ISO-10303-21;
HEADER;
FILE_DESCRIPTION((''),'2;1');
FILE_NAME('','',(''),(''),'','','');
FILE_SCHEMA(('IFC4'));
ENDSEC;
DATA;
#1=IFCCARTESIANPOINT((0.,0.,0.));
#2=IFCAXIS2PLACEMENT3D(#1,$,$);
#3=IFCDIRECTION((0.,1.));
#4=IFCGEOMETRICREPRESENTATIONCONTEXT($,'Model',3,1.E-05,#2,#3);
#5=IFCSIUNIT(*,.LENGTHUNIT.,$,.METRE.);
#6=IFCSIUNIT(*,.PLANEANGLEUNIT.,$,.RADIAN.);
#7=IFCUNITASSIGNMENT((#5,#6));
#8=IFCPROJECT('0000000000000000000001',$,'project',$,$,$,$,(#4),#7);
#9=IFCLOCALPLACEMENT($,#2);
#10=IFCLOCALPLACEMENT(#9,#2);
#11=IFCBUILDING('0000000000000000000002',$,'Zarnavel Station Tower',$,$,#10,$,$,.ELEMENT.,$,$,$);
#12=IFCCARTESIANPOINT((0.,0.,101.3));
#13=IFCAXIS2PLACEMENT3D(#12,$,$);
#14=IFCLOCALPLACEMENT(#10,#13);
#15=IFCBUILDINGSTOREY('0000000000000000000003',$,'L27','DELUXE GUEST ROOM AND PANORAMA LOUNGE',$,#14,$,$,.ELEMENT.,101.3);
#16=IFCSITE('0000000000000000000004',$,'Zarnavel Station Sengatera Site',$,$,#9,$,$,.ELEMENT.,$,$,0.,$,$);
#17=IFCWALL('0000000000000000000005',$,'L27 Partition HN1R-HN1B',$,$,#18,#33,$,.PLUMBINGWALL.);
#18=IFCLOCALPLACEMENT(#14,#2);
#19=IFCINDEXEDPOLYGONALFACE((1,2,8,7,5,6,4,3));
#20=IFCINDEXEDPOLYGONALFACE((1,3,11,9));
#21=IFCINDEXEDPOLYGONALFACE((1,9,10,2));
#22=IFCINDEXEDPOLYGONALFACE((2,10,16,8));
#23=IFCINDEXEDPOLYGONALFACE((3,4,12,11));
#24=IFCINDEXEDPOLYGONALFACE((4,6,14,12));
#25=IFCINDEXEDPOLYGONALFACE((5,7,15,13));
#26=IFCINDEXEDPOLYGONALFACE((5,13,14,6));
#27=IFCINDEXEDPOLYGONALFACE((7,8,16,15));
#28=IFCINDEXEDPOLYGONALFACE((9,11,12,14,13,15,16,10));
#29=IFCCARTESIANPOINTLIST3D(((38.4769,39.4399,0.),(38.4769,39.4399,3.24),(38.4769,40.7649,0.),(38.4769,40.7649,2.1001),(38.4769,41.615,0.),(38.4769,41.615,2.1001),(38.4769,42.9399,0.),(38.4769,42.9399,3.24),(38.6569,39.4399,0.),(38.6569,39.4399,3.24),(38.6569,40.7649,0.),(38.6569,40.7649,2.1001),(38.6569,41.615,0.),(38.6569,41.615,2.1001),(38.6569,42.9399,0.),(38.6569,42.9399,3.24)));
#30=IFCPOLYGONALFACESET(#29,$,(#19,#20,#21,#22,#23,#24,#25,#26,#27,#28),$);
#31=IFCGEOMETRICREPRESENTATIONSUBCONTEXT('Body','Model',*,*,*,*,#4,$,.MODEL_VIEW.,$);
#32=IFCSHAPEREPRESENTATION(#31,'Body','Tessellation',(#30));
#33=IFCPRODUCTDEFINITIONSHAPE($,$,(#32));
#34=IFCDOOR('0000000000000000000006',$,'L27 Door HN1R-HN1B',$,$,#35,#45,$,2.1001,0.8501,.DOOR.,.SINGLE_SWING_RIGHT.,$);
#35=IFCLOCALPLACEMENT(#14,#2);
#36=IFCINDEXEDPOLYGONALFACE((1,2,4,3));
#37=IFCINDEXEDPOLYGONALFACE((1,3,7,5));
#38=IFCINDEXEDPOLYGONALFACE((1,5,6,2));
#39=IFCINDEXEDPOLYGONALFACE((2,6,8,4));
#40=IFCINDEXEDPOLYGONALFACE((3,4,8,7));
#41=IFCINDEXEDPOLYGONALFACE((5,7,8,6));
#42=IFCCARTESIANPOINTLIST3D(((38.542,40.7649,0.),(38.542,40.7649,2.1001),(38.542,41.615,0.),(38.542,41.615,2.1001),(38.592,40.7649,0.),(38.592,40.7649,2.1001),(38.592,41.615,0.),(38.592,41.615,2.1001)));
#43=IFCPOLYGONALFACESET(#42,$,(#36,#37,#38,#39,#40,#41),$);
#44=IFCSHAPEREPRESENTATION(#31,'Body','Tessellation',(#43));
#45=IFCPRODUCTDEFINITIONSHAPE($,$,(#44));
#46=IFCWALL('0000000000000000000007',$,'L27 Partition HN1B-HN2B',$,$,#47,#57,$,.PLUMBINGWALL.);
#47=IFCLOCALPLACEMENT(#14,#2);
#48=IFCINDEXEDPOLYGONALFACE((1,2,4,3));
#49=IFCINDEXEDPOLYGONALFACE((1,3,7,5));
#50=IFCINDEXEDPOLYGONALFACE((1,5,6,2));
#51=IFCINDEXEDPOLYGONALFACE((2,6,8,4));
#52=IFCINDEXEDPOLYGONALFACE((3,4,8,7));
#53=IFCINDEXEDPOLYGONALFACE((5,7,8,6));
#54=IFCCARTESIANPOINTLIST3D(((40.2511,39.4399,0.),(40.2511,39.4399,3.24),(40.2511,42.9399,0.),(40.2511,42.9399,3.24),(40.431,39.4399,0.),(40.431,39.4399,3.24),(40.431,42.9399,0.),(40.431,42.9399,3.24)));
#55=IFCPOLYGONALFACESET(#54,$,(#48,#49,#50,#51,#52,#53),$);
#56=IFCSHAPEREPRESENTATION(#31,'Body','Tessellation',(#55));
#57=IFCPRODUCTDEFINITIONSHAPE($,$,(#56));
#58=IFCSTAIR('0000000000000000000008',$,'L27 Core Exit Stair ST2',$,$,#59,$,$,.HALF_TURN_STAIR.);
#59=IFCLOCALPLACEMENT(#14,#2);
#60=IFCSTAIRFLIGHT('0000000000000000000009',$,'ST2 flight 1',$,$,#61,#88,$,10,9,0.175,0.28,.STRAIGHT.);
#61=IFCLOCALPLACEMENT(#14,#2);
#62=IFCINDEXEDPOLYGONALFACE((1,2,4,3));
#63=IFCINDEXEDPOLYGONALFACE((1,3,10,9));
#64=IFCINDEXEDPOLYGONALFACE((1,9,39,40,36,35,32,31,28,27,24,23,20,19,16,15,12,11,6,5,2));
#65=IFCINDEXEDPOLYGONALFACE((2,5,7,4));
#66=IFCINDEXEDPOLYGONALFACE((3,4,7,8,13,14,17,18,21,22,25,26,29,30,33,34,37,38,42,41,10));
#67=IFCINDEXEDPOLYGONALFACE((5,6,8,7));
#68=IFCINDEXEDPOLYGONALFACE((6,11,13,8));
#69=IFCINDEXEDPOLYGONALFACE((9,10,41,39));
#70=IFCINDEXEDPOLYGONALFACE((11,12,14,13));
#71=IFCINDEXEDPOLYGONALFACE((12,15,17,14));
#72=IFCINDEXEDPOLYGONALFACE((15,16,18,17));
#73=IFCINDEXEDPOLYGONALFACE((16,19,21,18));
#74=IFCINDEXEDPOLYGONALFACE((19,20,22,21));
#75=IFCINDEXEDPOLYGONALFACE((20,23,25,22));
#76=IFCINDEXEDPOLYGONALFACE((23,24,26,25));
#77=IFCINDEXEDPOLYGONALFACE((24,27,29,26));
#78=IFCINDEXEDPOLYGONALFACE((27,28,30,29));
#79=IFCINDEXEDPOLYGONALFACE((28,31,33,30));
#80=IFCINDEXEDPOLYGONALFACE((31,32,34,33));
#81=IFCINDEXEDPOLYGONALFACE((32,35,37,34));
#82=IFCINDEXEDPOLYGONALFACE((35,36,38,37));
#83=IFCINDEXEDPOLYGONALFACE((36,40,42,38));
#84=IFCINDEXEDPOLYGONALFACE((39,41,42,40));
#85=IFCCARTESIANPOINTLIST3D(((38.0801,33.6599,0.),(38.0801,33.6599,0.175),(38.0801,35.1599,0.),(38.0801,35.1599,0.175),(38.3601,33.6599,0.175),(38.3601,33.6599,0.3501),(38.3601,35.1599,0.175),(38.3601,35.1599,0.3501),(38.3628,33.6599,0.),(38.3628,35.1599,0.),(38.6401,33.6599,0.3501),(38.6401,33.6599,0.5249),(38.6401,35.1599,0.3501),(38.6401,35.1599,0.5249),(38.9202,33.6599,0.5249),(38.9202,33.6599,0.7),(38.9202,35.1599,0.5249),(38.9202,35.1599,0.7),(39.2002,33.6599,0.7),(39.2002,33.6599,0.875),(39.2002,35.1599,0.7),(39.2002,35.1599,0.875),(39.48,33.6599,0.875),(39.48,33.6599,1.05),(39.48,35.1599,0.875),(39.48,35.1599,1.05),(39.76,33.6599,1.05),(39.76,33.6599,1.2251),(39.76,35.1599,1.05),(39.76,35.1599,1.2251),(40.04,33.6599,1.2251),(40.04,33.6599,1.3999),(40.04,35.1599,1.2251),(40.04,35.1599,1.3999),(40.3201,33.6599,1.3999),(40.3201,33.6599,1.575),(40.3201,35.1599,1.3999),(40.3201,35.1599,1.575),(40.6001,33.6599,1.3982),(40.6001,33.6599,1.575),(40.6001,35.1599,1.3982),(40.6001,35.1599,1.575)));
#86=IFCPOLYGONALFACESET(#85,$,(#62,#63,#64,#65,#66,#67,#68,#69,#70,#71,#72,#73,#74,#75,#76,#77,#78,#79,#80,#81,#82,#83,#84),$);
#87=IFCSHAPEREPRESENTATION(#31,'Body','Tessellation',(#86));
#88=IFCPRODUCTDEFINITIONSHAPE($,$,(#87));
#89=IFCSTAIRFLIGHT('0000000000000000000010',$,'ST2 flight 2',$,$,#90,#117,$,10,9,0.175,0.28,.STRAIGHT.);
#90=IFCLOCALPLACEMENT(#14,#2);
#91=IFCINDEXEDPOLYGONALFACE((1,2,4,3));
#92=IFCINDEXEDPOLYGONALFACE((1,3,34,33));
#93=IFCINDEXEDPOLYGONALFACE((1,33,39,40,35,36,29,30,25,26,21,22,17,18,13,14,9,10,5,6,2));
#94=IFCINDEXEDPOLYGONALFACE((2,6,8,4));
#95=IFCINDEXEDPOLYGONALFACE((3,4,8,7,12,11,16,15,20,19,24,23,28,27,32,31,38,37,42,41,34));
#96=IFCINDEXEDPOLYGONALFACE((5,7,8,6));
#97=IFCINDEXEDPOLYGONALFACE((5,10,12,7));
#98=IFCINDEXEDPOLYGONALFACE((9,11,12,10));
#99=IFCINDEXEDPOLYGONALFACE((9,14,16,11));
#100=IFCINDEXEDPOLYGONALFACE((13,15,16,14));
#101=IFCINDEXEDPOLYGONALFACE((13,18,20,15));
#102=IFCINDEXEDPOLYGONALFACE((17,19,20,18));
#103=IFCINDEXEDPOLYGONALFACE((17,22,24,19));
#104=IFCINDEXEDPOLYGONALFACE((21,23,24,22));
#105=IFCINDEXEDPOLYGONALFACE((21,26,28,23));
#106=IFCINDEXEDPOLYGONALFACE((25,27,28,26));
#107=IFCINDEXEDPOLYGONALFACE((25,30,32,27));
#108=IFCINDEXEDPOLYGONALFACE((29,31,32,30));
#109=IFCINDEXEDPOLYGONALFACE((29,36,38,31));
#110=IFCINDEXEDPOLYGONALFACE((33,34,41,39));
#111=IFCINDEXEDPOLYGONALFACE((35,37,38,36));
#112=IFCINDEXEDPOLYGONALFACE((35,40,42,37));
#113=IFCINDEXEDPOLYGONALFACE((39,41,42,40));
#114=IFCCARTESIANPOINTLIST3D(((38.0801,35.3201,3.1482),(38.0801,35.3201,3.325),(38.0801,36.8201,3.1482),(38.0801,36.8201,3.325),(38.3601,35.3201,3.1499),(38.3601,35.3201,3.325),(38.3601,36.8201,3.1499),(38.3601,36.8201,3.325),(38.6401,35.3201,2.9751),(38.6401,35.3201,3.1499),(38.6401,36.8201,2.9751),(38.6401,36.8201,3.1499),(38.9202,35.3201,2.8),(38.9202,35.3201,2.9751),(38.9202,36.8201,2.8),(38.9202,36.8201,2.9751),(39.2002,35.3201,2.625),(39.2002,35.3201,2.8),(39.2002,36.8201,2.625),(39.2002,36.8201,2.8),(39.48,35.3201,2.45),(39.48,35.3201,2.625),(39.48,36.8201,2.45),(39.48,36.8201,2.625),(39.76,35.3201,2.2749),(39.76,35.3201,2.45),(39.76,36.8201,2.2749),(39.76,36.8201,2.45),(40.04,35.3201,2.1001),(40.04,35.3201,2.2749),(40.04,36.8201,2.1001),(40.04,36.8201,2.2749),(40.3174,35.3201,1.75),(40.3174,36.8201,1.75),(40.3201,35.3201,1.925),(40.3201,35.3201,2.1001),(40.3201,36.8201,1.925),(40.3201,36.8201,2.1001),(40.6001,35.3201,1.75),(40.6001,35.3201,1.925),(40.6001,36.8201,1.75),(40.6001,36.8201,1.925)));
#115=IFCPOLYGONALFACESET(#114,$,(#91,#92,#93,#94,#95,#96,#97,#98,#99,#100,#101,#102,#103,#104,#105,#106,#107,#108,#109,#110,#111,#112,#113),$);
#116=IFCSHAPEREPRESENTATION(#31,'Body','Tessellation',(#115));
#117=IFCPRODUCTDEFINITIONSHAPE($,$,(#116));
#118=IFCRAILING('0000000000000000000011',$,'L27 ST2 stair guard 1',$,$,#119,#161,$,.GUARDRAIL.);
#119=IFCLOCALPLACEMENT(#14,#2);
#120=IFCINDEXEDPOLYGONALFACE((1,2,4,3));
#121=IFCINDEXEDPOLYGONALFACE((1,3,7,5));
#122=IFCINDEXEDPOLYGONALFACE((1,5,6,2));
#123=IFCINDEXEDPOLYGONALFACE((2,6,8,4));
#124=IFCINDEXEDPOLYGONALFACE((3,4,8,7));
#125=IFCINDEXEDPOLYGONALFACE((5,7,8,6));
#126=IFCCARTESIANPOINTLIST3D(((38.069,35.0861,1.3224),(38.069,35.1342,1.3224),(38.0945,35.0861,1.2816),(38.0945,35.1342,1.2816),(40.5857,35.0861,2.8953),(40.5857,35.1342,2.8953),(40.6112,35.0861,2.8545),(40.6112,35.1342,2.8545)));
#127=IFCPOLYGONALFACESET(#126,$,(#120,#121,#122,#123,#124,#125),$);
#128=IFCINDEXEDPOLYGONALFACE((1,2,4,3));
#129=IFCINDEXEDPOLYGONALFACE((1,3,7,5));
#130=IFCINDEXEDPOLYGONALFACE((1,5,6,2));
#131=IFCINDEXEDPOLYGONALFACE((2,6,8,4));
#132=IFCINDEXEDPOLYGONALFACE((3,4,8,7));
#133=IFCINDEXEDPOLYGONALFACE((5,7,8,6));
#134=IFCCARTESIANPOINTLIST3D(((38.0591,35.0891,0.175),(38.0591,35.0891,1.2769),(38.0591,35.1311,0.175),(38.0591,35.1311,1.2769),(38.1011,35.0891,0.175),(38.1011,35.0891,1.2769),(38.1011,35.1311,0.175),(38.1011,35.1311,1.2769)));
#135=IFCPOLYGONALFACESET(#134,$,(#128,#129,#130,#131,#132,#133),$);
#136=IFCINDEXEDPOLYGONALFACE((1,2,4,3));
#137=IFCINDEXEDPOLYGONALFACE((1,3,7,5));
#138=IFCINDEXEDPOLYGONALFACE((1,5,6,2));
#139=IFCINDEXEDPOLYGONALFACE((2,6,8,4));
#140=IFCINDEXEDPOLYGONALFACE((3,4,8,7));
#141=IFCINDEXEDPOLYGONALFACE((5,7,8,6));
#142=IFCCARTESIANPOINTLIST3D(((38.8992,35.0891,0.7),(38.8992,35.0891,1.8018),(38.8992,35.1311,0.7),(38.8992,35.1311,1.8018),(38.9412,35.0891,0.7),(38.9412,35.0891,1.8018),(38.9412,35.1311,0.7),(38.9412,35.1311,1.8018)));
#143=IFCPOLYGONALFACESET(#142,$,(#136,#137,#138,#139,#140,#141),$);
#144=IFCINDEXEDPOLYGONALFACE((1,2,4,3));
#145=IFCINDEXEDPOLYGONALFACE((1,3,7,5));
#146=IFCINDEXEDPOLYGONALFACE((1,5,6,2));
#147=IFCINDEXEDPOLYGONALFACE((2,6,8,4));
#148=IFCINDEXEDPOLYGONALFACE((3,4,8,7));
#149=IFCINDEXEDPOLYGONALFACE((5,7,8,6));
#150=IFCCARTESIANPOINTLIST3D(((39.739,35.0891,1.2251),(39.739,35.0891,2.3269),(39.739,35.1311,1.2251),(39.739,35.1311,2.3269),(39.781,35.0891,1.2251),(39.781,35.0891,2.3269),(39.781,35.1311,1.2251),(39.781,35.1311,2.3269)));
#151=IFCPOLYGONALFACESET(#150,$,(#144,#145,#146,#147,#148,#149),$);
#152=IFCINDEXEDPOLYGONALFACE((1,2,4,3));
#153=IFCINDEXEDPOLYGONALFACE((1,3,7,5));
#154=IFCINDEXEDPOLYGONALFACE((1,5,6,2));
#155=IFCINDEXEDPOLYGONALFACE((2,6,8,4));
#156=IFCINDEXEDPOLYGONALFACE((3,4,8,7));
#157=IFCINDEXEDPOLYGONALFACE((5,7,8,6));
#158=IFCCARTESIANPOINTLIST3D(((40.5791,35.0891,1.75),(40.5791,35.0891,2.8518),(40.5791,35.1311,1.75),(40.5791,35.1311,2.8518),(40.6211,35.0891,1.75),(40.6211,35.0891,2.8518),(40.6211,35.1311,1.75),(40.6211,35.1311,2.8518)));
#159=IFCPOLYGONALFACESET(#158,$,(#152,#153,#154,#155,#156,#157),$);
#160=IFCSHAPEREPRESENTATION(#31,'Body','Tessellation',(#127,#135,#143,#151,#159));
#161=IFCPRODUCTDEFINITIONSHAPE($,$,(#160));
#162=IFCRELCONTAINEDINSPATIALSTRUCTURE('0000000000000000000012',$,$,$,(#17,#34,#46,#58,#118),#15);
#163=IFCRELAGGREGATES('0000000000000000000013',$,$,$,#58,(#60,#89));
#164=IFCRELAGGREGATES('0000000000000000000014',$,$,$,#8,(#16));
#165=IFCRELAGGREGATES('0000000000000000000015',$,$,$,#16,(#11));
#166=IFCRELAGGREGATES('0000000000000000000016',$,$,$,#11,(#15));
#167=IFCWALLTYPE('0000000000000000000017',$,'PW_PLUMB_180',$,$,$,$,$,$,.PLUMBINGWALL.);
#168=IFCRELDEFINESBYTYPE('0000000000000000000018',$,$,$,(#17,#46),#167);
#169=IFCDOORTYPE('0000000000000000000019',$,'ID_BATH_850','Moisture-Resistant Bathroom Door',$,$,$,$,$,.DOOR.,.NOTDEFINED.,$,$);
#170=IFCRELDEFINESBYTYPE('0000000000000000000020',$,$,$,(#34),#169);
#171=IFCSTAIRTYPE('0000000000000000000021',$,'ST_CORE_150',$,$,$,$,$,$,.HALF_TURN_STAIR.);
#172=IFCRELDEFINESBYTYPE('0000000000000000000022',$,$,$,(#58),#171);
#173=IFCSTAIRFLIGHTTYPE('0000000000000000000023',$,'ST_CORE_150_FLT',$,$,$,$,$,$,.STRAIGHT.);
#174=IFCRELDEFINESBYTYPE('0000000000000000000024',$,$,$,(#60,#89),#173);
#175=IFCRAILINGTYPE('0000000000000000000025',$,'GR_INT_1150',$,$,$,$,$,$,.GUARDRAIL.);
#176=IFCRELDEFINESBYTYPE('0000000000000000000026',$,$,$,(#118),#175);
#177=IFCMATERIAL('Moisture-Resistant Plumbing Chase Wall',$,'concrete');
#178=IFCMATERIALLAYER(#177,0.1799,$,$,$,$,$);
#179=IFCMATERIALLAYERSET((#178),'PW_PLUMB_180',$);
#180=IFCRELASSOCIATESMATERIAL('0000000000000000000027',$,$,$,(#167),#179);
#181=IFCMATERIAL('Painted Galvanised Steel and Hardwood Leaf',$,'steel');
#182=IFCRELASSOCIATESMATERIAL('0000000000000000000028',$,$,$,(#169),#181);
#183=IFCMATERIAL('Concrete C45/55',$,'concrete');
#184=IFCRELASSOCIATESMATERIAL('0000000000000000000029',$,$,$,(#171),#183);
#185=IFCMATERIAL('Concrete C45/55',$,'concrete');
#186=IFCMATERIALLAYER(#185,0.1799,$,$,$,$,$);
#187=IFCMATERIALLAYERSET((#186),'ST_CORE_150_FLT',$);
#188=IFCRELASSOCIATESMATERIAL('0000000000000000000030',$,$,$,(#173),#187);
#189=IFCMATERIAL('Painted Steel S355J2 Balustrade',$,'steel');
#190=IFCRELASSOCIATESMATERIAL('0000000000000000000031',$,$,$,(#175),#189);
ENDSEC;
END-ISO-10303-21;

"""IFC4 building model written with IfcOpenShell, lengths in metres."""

from ifc_helpers import new_model, si_unit, direction, frame, frame_2d, origin, origin_2d, place, context, subcontext, project, spatial, polyline, rectangle, outline, extrude, material, layer, layer_set, type_object, element, fill, aggregate, save


model = new_model("IFC4")

# Units and contexts
model_context = context("Model", 3, precision=1e-05, world=origin(), true_north=direction((0.0, 1.0)))
body_context = subcontext(model_context, "Body", "Model", "MODEL_VIEW")
ifc_project = project(units=[si_unit("LENGTHUNIT", "METRE"), si_unit("PLANEANGLEUNIT", "RADIAN")], contexts=[model_context])

# Site, building, storey
site_placement = place(None, origin())
site = spatial("IfcSite", under=ifc_project, at=site_placement, Name="Zarnavel Station Sengatera Site", CompositionType="ELEMENT", RefElevation=0.0)
building_placement = place(site_placement, origin())
building = spatial("IfcBuilding", under=site, at=building_placement, Name="Zarnavel Station Tower", CompositionType="ELEMENT")
storey_placement = place(building_placement, frame((0.0, 0.0, 101.3)))
storey = spatial("IfcBuildingStorey", under=building, at=storey_placement, Name="L27", Description="DELUXE GUEST ROOM AND PANORAMA LOUNGE", CompositionType="ELEMENT", Elevation=101.3)

# Shared definitions
ifc_material_1 = material(Name="Moisture-Resistant Plumbing Chase Wall", Category="concrete")
ifc_layer_1 = layer(ifc_material_1, 0.1799)
ifc_layer_set_1 = layer_set([ifc_layer_1], Name="PW_PLUMB_180")
wall_type_1 = type_object("IfcWallType", Name="PW_PLUMB_180", PredefinedType="PLUMBINGWALL", material=ifc_layer_set_1)

# Wall, opening, door
wall_1_placement = place(storey_placement, frame((38.5669, 39.4399, 0.0), z_axis=(0.0, 0.0, 1.0), x_axis=(0.0, 1.0, 0.0)))
wall_1 = element("IfcWall", 1, at=wall_1_placement, inside=storey, type_object=wall_type_1, Name="L27 Partition HN1R-HN1B", PredefinedType="PLUMBINGWALL", context=body_context, shape_type="SweptSolid", body=[
    extrude(rectangle(XDim=3.5, YDim=0.1799, at=frame_2d((1.75, 0.0))), origin(), (0.0, 0.0, 1.0), 3.24),
])
opening_1_placement = place(wall_1_placement, frame((1.325, 0.0, 0.0)))
opening_1 = element("IfcOpeningElement", 2, at=opening_1_placement, cuts=wall_1, PredefinedType="OPENING", context=body_context, shape_type="SweptSolid", body=[
    extrude(rectangle(XDim=0.8501, YDim=2.1001, at=frame_2d((0.425, 1.05))), frame((0.0, 0.0999, 0.0), z_axis=(0.0, -1.0, 0.0), x_axis=(1.0, 0.0, 0.0)), (0.0, 0.0, 1.0), 0.2),
])
ifc_material_2 = material(Name="Painted Galvanised Steel and Hardwood Leaf", Category="steel")
door_type_1 = type_object("IfcDoorType", Name="ID_BATH_850", Description="Moisture-Resistant Bathroom Door", OperationType="NOTDEFINED", PredefinedType="DOOR", material=ifc_material_2)
door_1_placement = place(opening_1_placement, origin())
door_1 = element("IfcDoor", 3, at=door_1_placement, inside=storey, type_object=door_type_1, Name="L27 Door HN1R-HN1B", OperationType="SINGLE_SWING_RIGHT", OverallHeight=2.1001, OverallWidth=0.8501, PredefinedType="DOOR", context=body_context, shape_type="SweptSolid", body=[
    extrude(rectangle(XDim=0.8501, YDim=2.1001, at=frame_2d((0.425, 1.05))), frame((0.0, 0.0249, 0.0), z_axis=(0.0, -1.0, 0.0), x_axis=(1.0, 0.0, 0.0)), (0.0, 0.0, 1.0), 0.05),
])
fill(opening_1, door_1)

# Wall
wall_2_placement = place(storey_placement, frame((40.3411, 39.4399, 0.0), z_axis=(0.0, 0.0, 1.0), x_axis=(0.0, 1.0, 0.0)))
element("IfcWall", 4, at=wall_2_placement, inside=storey, type_object=wall_type_1, Name="L27 Partition HN1B-HN2B", PredefinedType="PLUMBINGWALL", context=body_context, shape_type="SweptSolid", body=[
    extrude(rectangle(XDim=3.5, YDim=0.1799, at=frame_2d((1.75, 0.0))), origin(), (0.0, 0.0, 1.0), 3.24),
])

# Stair, stair flights
ifc_material_3 = material(Name="Concrete C45/55", Category="concrete")
stair_type = type_object("IfcStairType", Name="ST_CORE_150", PredefinedType="HALF_TURN_STAIR", material=ifc_material_3)
stair_placement = place(storey_placement, origin())
stair = element("IfcStair", 5, at=stair_placement, inside=storey, type_object=stair_type, Name="L27 Core Exit Stair ST2", PredefinedType="HALF_TURN_STAIR")
ifc_material_4 = material(Name="Concrete C45/55", Category="concrete")
ifc_layer_2 = layer(ifc_material_4, 0.1799)
ifc_layer_set_2 = layer_set([ifc_layer_2], Name="ST_CORE_150_FLT")
stair_flight_type = type_object("IfcStairFlightType", Name="ST_CORE_150_FLT", PredefinedType="STRAIGHT", material=ifc_layer_set_2)
stair_flight_1_placement = place(storey_placement, frame((38.0801, 34.4099, 0.0), z_axis=(0.0, 0.0, 1.0), x_axis=(1.0, 0.0, 0.0)))
stair_flight_1 = element("IfcStairFlight", 6, at=stair_flight_1_placement, type_object=stair_flight_type, Name="ST2 flight 1", NumberOfRisers=10, NumberOfTreads=9, PredefinedType="STRAIGHT", RiserHeight=0.175, TreadLength=0.28, context=body_context, shape_type="SweptSolid", body=[
    extrude(outline(polyline([(0.0, 0.0), (0.0, 0.175), (0.28, 0.175), (0.28, 0.3501), (0.5601, 0.3501), (0.5601, 0.5249), (0.8401, 0.5249), (0.8401, 0.7), (1.1201, 0.7), (1.1201, 0.875), (1.3999, 0.875), (1.3999, 1.05), (1.6799, 1.05), (1.6799, 1.2251), (1.96, 1.2251), (1.96, 1.3999), (2.24, 1.3999), (2.24, 1.575), (2.52, 1.575), (2.52, 1.75), (2.52, 1.3982), (0.2827, 0.0), (0.0, 0.0)])), frame((0.0, 0.75, 0.0), z_axis=(0.0, -1.0, 0.0), x_axis=(1.0, 0.0, 0.0)), (0.0, 0.0, 1.0), 1.5),
])
stair_flight_2_placement = place(storey_placement, frame((40.6001, 36.0701, 1.75), z_axis=(0.0, 0.0, 1.0), x_axis=(-1.0, 0.0, 0.0)))
stair_flight_2 = element("IfcStairFlight", 7, at=stair_flight_2_placement, type_object=stair_flight_type, Name="ST2 flight 2", NumberOfRisers=10, NumberOfTreads=9, PredefinedType="STRAIGHT", RiserHeight=0.175, TreadLength=0.28, context=body_context, shape_type="SweptSolid", body=[
    extrude(outline(polyline([(0.0, 0.0), (0.0, 0.175), (0.28, 0.175), (0.28, 0.3501), (0.5601, 0.3501), (0.5601, 0.5249), (0.8401, 0.5249), (0.8401, 0.7), (1.1201, 0.7), (1.1201, 0.875), (1.3999, 0.875), (1.3999, 1.05), (1.6799, 1.05), (1.6799, 1.2251), (1.96, 1.2251), (1.96, 1.3999), (2.24, 1.3999), (2.24, 1.575), (2.52, 1.575), (2.52, 1.75), (2.52, 1.3982), (0.2827, 0.0), (0.0, 0.0)])), frame((0.0, 0.75, 0.0), z_axis=(0.0, -1.0, 0.0), x_axis=(1.0, 0.0, 0.0)), (0.0, 0.0, 1.0), 1.5),
])
aggregate(stair, [stair_flight_1, stair_flight_2])

# Railing
ifc_material_5 = material(Name="Painted Steel S355J2 Balustrade", Category="steel")
railing_type_1 = type_object("IfcRailingType", Name="GR_INT_1150", PredefinedType="GUARDRAIL", material=ifc_material_5)
railing_1_placement = place(storey_placement, frame((38.0801, 35.1101, 0.175)))
element("IfcRailing", 8, at=railing_1_placement, inside=storey, type_object=railing_type_1, Name="L27 ST2 stair guard 1", PredefinedType="GUARDRAIL", context=body_context, shape_type="SweptSolid", body=[
    extrude(rectangle(XDim=0.0481, YDim=0.0481, at=origin_2d()), frame((0.0017, 0.0, 1.127), z_axis=(0.848008, 0.0, 0.529984), x_axis=(0.0, 1.0, 0.0)), (0.0, 0.0, 1.0), 2.9678),
    extrude(rectangle(XDim=0.042, YDim=0.042, at=origin_2d()), origin(), (0.0, 0.0, 1.0), 1.1018),
    extrude(rectangle(XDim=0.042, YDim=0.042, at=origin_2d()), frame((0.8401, 0.0, 0.5249)), (0.0, 0.0, 1.0), 1.1018),
    extrude(rectangle(XDim=0.042, YDim=0.042, at=origin_2d()), frame((1.6799, 0.0, 1.05)), (0.0, 0.0, 1.0), 1.1018),
    extrude(rectangle(XDim=0.042, YDim=0.042, at=origin_2d()), frame((2.52, 0.0, 1.575)), (0.0, 0.0, 1.0), 1.1018),
])

save(model, "model.ifc")
